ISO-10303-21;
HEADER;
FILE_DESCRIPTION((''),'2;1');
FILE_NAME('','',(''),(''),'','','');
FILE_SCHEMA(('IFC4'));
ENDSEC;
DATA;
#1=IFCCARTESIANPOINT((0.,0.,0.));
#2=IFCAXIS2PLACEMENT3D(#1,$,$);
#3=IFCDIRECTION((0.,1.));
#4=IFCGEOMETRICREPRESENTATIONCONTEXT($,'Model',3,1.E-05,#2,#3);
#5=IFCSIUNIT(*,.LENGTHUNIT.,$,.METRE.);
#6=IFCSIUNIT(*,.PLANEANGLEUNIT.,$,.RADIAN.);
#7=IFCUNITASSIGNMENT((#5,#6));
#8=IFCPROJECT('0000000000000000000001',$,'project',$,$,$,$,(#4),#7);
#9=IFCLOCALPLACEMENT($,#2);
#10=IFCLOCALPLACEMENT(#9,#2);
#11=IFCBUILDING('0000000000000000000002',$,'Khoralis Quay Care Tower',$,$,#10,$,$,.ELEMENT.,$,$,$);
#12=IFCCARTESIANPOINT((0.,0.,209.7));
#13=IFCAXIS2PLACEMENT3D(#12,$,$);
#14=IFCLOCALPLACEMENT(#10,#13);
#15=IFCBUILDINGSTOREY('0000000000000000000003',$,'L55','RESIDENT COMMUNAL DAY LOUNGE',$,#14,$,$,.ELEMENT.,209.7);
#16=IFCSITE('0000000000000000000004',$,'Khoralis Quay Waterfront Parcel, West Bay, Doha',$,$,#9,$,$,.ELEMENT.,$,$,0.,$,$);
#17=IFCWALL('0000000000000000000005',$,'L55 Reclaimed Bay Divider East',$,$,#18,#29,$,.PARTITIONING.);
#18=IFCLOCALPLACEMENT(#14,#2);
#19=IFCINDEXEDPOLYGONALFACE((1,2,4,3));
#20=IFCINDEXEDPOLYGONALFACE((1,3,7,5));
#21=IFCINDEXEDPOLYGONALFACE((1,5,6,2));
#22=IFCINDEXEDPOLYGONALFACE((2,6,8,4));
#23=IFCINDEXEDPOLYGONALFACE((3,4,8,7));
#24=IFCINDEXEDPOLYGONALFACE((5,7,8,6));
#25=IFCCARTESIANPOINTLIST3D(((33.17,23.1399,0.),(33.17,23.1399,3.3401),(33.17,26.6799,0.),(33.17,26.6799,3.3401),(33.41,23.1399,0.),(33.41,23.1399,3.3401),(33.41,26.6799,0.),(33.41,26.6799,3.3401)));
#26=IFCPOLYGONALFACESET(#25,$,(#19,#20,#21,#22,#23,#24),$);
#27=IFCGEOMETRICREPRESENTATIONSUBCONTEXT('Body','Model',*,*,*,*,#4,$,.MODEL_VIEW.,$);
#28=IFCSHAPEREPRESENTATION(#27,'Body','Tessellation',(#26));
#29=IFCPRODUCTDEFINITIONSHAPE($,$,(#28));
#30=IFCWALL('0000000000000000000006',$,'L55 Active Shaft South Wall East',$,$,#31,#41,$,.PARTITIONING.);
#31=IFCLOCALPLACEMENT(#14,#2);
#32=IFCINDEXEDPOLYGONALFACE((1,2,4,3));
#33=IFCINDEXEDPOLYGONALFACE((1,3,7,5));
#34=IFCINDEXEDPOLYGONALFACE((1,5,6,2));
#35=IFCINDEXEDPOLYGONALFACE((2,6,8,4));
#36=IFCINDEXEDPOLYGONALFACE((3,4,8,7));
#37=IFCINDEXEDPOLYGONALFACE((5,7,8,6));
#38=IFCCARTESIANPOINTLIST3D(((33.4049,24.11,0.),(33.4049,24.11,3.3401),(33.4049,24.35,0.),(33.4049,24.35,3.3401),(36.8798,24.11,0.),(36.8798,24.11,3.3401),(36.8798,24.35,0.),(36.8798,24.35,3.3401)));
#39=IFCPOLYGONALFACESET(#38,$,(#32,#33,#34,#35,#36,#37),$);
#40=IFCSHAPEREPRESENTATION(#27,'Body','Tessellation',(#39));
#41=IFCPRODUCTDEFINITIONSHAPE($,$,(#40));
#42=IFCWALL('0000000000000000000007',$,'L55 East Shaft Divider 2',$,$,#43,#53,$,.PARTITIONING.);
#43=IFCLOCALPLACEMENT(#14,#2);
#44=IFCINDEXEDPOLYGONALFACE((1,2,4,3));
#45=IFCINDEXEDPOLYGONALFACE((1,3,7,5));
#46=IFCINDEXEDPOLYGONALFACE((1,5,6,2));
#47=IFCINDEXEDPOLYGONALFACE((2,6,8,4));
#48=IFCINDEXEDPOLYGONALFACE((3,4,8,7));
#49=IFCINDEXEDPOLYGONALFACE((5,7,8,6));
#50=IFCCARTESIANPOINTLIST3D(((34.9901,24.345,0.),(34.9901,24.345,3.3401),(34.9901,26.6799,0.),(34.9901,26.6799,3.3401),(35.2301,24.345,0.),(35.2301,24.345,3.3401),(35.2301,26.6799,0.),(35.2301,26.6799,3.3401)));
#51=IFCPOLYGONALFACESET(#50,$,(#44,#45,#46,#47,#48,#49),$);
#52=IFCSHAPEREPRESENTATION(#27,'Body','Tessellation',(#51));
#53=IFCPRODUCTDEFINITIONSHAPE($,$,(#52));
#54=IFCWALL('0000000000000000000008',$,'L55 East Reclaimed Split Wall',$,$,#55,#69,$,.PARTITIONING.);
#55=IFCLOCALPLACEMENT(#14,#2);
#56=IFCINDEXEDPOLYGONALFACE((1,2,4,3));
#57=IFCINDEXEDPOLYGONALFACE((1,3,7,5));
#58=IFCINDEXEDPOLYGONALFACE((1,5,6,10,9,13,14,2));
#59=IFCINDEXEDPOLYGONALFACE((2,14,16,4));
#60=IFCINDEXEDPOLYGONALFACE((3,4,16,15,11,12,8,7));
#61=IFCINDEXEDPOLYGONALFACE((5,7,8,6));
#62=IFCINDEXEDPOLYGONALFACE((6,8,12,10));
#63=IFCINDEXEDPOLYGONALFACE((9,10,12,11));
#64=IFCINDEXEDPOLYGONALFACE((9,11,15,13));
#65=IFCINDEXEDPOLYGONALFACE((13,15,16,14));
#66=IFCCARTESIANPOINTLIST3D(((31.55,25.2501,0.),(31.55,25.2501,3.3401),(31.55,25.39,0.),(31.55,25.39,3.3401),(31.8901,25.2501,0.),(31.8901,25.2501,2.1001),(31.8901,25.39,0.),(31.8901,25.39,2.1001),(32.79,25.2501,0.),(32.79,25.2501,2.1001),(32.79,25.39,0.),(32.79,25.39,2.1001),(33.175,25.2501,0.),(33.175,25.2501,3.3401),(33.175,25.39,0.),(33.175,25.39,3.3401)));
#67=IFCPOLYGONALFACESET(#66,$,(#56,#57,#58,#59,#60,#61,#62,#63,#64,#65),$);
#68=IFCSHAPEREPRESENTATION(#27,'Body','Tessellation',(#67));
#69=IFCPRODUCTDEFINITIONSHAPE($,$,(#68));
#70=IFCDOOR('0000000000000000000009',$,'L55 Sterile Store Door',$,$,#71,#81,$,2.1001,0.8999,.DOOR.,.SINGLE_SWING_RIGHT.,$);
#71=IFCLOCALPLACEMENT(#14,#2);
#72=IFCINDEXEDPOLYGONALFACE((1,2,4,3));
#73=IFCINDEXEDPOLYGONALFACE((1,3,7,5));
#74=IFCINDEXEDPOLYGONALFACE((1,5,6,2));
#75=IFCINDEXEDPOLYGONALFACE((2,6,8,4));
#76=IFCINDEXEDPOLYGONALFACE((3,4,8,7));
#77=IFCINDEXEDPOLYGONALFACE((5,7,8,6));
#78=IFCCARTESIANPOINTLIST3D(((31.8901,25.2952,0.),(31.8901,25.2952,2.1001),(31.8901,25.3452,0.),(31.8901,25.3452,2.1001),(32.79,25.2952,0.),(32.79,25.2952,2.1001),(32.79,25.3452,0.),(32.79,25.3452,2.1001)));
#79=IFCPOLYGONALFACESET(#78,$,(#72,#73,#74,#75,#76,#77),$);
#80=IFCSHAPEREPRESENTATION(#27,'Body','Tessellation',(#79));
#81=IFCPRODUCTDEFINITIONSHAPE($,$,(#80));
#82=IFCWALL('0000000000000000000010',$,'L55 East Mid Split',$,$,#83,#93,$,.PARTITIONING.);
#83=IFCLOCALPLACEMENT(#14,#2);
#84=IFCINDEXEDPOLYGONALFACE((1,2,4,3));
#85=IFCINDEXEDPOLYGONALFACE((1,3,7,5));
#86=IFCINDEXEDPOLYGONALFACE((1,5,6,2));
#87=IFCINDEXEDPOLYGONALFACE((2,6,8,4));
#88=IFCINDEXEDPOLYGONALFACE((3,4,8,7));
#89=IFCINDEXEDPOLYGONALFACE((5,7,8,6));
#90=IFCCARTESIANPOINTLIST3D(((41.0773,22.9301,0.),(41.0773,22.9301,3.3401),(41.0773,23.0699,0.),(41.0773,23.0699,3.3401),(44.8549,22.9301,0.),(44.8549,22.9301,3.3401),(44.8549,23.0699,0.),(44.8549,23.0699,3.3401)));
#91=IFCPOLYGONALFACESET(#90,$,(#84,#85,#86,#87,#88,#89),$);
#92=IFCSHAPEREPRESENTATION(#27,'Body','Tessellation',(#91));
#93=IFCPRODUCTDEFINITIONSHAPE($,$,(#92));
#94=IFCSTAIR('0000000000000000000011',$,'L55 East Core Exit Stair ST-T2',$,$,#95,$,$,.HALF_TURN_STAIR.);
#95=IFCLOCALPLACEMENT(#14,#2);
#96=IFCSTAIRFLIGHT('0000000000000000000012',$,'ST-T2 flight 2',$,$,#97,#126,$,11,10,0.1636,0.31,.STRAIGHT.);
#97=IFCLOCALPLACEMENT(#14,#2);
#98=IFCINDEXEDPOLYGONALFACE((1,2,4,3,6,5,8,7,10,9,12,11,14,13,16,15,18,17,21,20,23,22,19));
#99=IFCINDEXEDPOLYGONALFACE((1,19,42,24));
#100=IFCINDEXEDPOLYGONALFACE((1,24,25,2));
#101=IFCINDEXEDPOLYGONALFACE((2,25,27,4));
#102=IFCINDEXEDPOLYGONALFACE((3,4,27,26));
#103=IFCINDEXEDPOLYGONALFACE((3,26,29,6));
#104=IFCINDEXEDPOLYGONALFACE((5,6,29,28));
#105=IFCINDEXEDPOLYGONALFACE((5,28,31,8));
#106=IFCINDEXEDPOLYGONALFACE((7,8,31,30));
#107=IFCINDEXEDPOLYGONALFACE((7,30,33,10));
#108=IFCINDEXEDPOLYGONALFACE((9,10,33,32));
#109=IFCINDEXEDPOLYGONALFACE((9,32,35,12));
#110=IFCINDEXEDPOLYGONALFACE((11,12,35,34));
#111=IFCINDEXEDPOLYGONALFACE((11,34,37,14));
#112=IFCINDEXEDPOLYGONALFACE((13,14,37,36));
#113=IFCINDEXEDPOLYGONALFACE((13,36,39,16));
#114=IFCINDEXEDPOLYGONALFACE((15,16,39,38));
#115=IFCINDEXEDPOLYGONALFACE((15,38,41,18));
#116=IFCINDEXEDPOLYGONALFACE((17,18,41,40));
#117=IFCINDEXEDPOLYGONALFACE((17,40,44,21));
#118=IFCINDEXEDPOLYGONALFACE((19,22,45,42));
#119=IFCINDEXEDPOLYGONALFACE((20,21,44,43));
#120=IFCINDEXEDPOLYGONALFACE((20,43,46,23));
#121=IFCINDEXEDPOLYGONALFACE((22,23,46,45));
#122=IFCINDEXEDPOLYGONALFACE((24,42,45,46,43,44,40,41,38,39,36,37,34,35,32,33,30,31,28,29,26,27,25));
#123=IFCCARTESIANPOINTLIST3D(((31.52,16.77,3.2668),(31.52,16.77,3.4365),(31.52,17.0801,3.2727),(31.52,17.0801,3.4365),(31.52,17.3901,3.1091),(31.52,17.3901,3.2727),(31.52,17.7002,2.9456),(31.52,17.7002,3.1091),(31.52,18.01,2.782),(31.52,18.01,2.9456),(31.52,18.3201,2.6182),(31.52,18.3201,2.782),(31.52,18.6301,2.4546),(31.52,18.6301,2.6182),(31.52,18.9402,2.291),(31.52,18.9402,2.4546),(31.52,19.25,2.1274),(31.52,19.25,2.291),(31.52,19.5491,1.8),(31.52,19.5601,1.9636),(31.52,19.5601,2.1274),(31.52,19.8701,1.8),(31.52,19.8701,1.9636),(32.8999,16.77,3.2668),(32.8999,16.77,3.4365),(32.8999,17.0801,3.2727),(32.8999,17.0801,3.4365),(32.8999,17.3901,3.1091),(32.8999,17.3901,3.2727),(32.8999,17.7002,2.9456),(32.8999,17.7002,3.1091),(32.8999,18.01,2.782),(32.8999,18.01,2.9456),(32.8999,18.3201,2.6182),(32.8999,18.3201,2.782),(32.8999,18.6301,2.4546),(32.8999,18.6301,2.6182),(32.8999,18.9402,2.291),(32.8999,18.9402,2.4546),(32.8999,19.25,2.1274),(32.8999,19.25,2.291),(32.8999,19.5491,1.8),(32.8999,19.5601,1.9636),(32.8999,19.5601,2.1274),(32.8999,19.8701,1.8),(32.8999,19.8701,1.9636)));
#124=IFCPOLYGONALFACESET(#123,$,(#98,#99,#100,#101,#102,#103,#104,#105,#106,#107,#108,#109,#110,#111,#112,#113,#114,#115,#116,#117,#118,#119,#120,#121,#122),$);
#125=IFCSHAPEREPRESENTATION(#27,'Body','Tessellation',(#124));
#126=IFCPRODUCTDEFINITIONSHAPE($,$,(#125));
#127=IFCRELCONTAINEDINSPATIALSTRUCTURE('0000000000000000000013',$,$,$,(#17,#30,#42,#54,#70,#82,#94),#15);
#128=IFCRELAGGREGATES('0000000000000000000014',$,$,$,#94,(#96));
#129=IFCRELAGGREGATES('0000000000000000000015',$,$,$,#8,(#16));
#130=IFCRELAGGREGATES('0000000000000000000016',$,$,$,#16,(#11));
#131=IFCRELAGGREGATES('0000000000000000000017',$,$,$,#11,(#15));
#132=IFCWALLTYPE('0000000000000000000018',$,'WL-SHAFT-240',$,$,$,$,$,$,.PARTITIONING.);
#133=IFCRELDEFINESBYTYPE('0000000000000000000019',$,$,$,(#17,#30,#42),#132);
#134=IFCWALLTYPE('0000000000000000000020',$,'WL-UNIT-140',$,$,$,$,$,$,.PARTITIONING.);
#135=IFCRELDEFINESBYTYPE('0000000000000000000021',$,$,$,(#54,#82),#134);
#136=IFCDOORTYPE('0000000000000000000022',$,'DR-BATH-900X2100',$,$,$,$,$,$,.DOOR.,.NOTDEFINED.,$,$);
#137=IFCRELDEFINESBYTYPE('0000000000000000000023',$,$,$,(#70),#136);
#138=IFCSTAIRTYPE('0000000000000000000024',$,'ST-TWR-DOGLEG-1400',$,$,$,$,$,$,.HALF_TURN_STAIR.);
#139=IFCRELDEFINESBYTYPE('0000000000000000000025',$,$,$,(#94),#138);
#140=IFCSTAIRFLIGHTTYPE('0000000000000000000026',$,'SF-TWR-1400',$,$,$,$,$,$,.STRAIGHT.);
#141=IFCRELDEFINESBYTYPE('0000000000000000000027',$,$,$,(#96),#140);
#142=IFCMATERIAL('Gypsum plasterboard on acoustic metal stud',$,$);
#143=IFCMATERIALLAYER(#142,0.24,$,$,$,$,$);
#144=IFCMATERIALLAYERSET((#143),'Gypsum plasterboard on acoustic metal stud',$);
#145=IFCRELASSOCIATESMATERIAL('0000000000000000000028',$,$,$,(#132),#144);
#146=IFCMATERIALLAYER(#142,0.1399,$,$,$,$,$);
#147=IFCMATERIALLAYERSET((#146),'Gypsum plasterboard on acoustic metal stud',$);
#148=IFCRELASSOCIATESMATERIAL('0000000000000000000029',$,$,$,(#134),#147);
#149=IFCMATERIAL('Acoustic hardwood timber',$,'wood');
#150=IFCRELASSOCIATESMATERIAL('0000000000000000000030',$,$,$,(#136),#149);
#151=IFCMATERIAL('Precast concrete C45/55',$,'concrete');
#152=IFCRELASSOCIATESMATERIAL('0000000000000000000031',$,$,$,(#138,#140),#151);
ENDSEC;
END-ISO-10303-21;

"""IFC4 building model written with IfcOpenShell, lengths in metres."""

from ifc_helpers import new_model, si_unit, direction, frame, frame_2d, origin, place, context, subcontext, project, spatial, polyline, rectangle, outline, extrude, source, transform, mapped, material, layer, layer_set, type_object, element, fill, aggregate, save


model = new_model("IFC4")

# Units and contexts
model_context = context("Model", 3, precision=1e-05, world=origin(), true_north=direction((0.0, 1.0)))
body_context = subcontext(model_context, "Body", "Model", "MODEL_VIEW")
ifc_project = project(units=[si_unit("LENGTHUNIT", "METRE"), si_unit("PLANEANGLEUNIT", "RADIAN")], contexts=[model_context])

# Site, building, storey
site_placement = place(None, origin())
site = spatial("IfcSite", under=ifc_project, at=site_placement, Name="Khoralis Quay Waterfront Parcel, West Bay, Doha", CompositionType="ELEMENT", RefElevation=0.0)
building_placement = place(site_placement, origin())
building = spatial("IfcBuilding", under=site, at=building_placement, Name="Khoralis Quay Care Tower", CompositionType="ELEMENT")
storey_placement = place(building_placement, frame((0.0, 0.0, 209.7)))
storey = spatial("IfcBuildingStorey", under=building, at=storey_placement, Name="L55", Description="RESIDENT COMMUNAL DAY LOUNGE", CompositionType="ELEMENT", Elevation=209.7)

# Shared definitions
ifc_material_1 = material(Name="Acoustic hardwood timber", Category="wood")

# Shared definitions
ifc_material_2 = material(Name="Precast concrete C45/55", Category="concrete")

# Walls
ifc_material_3 = material(Name="Gypsum plasterboard on acoustic metal stud")
ifc_layer_1 = layer(ifc_material_3, 0.24)
ifc_layer_set_1 = layer_set([ifc_layer_1], Name="Gypsum plasterboard on acoustic metal stud")
wall_type_1 = type_object("IfcWallType", Name="WL-SHAFT-240", PredefinedType="PARTITIONING", material=ifc_layer_set_1)
wall_1_placement = place(storey_placement, frame((33.29, 23.1399, 0.0), z_axis=(0.0, 0.0, 1.0), x_axis=(0.0, 1.0, 0.0)))
element("IfcWall", 1, at=wall_1_placement, inside=storey, type_object=wall_type_1, Name="L55 Reclaimed Bay Divider East", PredefinedType="PARTITIONING", context=body_context, shape_type="SweptSolid", body=[
    extrude(rectangle(XDim=3.54, YDim=0.24, at=frame_2d((1.77, 0.0))), origin(), (0.0, 0.0, 1.0), 3.3401),
])
wall_2_placement = place(storey_placement, frame((33.405, 24.23, 0.0), z_axis=(0.0, 0.0, 1.0), x_axis=(1.0, 0.0, 0.0)))
element("IfcWall", 2, at=wall_2_placement, inside=storey, type_object=wall_type_1, Name="L55 Active Shaft South Wall East", PredefinedType="PARTITIONING", context=body_context, shape_type="SweptSolid", body=[
    extrude(rectangle(XDim=3.4749, YDim=0.24, at=frame_2d((1.7373, 0.0))), origin(), (0.0, 0.0, 1.0), 3.3401),
])
wall_3_placement = place(storey_placement, frame((35.1101, 24.345, 0.0), z_axis=(0.0, 0.0, 1.0), x_axis=(0.0, 1.0, 0.0)))
element("IfcWall", 3, at=wall_3_placement, inside=storey, type_object=wall_type_1, Name="L55 East Shaft Divider 2", PredefinedType="PARTITIONING", context=body_context, shape_type="SweptSolid", body=[
    extrude(rectangle(XDim=2.335, YDim=0.24, at=frame_2d((1.1675, 0.0))), origin(), (0.0, 0.0, 1.0), 3.3401),
])

# Wall, opening, door
ifc_layer_2 = layer(ifc_material_3, 0.1399)
ifc_layer_set_2 = layer_set([ifc_layer_2], Name="Gypsum plasterboard on acoustic metal stud")
wall_type_2 = type_object("IfcWallType", Name="WL-UNIT-140", PredefinedType="PARTITIONING", material=ifc_layer_set_2)
wall_4_placement = place(storey_placement, frame((31.55, 25.3201, 0.0), z_axis=(0.0, 0.0, 1.0), x_axis=(1.0, 0.0, 0.0)))
wall_4 = element("IfcWall", 4, at=wall_4_placement, inside=storey, type_object=wall_type_2, Name="L55 East Reclaimed Split Wall", PredefinedType="PARTITIONING", context=body_context, shape_type="SweptSolid", body=[
    extrude(rectangle(XDim=1.625, YDim=0.1399, at=frame_2d((0.8125, 0.0))), origin(), (0.0, 0.0, 1.0), 3.3401),
])
opening_1_placement = place(wall_4_placement, frame((0.3401, 0.0, 0.0)))
opening_1 = element("IfcOpeningElement", 5, at=opening_1_placement, cuts=wall_4, PredefinedType="OPENING", context=body_context, shape_type="SweptSolid", body=[
    extrude(rectangle(XDim=0.8999, YDim=2.1001, at=frame_2d((0.45, 1.05))), frame((0.0, 0.0801, 0.0), z_axis=(0.0, -1.0, 0.0), x_axis=(1.0, 0.0, 0.0)), (0.0, 0.0, 1.0), 0.1599),
])
door_type_1 = type_object("IfcDoorType", Name="DR-BATH-900X2100", OperationType="NOTDEFINED", PredefinedType="DOOR", material=ifc_material_1)
shared_shape_1 = source(origin(), body_context, "Body", "SweptSolid", [
    extrude(rectangle(XDim=0.8999, YDim=2.1001, at=frame_2d((0.45, 1.05))), frame((0.0, 0.0249, 0.0), z_axis=(0.0, -1.0, 0.0), x_axis=(1.0, 0.0, 0.0)), (0.0, 0.0, 1.0), 0.05),
])
door_1_placement = place(opening_1_placement, frame((0.8999, 0.0, 0.0), z_axis=(0.0, 0.0, 1.0), x_axis=(-1.0, 0.0, 0.0)))
door_1 = element("IfcDoor", 6, at=door_1_placement, inside=storey, type_object=door_type_1, Name="L55 Sterile Store Door", OperationType="SINGLE_SWING_RIGHT", OverallHeight=2.1001, OverallWidth=0.8999, PredefinedType="DOOR", context=body_context, shape_type="MappedRepresentation", body=[
    mapped(shared_shape_1, transform((0.0, 0.0, 0.0), scale=1.0)),
])
fill(opening_1, door_1)

# Wall
wall_5_placement = place(storey_placement, frame((41.0774, 23.0, 0.0), z_axis=(0.0, 0.0, 1.0), x_axis=(1.0, 0.0, 0.0)))
element("IfcWall", 7, at=wall_5_placement, inside=storey, type_object=wall_type_2, Name="L55 East Mid Split", PredefinedType="PARTITIONING", context=body_context, shape_type="SweptSolid", body=[
    extrude(rectangle(XDim=3.7776, YDim=0.1399, at=frame_2d((1.8887, 0.0))), origin(), (0.0, 0.0, 1.0), 3.3401),
])

# Stair, stair flight
stair_type = type_object("IfcStairType", Name="ST-TWR-DOGLEG-1400", PredefinedType="HALF_TURN_STAIR", material=ifc_material_2)
stair_placement = place(storey_placement, origin())
stair = element("IfcStair", 8, at=stair_placement, inside=storey, type_object=stair_type, Name="L55 East Core Exit Stair ST-T2", PredefinedType="HALF_TURN_STAIR")
stair_flight_type = type_object("IfcStairFlightType", Name="SF-TWR-1400", PredefinedType="STRAIGHT", material=ifc_material_2)
shared_shape_2 = source(origin(), body_context, "Body", "SweptSolid", [
    extrude(outline(polyline([(0.0, 0.0), (0.0, 0.1636), (0.3101, 0.1636), (0.3101, 0.3274), (0.6201, 0.3274), (0.6201, 0.491), (0.9299, 0.491), (0.9299, 0.6545), (1.24, 0.6545), (1.24, 0.8181), (1.55, 0.8181), (1.55, 0.9819), (1.8601, 0.9819), (1.8601, 1.1455), (2.1699, 1.1455), (2.1699, 1.3091), (2.48, 1.3091), (2.48, 1.4727), (2.79, 1.4727), (2.79, 1.6365), (3.1001, 1.6365), (3.1001, 1.8), (3.1001, 1.4668), (0.321, 0.0), (0.0, 0.0)])), frame((0.0, 0.6899, 0.0), z_axis=(0.0, -1.0, 0.0), x_axis=(1.0, 0.0, 0.0)), (0.0, 0.0, 1.0), 1.3799),
])
stair_flight_placement = place(storey_placement, frame((32.21, 19.8701, 1.8), z_axis=(0.0, 0.0, 1.0), x_axis=(0.0, -1.0, 0.0)))
stair_flight = element("IfcStairFlight", 9, at=stair_flight_placement, type_object=stair_flight_type, Name="ST-T2 flight 2", NumberOfRisers=11, NumberOfTreads=10, PredefinedType="STRAIGHT", RiserHeight=0.1636, TreadLength=0.31, context=body_context, shape_type="MappedRepresentation", body=[
    mapped(shared_shape_2, transform((0.0, 0.0, 0.0), scale=1.0)),
])
aggregate(stair, [stair_flight])

save(model, "model.ifc")
